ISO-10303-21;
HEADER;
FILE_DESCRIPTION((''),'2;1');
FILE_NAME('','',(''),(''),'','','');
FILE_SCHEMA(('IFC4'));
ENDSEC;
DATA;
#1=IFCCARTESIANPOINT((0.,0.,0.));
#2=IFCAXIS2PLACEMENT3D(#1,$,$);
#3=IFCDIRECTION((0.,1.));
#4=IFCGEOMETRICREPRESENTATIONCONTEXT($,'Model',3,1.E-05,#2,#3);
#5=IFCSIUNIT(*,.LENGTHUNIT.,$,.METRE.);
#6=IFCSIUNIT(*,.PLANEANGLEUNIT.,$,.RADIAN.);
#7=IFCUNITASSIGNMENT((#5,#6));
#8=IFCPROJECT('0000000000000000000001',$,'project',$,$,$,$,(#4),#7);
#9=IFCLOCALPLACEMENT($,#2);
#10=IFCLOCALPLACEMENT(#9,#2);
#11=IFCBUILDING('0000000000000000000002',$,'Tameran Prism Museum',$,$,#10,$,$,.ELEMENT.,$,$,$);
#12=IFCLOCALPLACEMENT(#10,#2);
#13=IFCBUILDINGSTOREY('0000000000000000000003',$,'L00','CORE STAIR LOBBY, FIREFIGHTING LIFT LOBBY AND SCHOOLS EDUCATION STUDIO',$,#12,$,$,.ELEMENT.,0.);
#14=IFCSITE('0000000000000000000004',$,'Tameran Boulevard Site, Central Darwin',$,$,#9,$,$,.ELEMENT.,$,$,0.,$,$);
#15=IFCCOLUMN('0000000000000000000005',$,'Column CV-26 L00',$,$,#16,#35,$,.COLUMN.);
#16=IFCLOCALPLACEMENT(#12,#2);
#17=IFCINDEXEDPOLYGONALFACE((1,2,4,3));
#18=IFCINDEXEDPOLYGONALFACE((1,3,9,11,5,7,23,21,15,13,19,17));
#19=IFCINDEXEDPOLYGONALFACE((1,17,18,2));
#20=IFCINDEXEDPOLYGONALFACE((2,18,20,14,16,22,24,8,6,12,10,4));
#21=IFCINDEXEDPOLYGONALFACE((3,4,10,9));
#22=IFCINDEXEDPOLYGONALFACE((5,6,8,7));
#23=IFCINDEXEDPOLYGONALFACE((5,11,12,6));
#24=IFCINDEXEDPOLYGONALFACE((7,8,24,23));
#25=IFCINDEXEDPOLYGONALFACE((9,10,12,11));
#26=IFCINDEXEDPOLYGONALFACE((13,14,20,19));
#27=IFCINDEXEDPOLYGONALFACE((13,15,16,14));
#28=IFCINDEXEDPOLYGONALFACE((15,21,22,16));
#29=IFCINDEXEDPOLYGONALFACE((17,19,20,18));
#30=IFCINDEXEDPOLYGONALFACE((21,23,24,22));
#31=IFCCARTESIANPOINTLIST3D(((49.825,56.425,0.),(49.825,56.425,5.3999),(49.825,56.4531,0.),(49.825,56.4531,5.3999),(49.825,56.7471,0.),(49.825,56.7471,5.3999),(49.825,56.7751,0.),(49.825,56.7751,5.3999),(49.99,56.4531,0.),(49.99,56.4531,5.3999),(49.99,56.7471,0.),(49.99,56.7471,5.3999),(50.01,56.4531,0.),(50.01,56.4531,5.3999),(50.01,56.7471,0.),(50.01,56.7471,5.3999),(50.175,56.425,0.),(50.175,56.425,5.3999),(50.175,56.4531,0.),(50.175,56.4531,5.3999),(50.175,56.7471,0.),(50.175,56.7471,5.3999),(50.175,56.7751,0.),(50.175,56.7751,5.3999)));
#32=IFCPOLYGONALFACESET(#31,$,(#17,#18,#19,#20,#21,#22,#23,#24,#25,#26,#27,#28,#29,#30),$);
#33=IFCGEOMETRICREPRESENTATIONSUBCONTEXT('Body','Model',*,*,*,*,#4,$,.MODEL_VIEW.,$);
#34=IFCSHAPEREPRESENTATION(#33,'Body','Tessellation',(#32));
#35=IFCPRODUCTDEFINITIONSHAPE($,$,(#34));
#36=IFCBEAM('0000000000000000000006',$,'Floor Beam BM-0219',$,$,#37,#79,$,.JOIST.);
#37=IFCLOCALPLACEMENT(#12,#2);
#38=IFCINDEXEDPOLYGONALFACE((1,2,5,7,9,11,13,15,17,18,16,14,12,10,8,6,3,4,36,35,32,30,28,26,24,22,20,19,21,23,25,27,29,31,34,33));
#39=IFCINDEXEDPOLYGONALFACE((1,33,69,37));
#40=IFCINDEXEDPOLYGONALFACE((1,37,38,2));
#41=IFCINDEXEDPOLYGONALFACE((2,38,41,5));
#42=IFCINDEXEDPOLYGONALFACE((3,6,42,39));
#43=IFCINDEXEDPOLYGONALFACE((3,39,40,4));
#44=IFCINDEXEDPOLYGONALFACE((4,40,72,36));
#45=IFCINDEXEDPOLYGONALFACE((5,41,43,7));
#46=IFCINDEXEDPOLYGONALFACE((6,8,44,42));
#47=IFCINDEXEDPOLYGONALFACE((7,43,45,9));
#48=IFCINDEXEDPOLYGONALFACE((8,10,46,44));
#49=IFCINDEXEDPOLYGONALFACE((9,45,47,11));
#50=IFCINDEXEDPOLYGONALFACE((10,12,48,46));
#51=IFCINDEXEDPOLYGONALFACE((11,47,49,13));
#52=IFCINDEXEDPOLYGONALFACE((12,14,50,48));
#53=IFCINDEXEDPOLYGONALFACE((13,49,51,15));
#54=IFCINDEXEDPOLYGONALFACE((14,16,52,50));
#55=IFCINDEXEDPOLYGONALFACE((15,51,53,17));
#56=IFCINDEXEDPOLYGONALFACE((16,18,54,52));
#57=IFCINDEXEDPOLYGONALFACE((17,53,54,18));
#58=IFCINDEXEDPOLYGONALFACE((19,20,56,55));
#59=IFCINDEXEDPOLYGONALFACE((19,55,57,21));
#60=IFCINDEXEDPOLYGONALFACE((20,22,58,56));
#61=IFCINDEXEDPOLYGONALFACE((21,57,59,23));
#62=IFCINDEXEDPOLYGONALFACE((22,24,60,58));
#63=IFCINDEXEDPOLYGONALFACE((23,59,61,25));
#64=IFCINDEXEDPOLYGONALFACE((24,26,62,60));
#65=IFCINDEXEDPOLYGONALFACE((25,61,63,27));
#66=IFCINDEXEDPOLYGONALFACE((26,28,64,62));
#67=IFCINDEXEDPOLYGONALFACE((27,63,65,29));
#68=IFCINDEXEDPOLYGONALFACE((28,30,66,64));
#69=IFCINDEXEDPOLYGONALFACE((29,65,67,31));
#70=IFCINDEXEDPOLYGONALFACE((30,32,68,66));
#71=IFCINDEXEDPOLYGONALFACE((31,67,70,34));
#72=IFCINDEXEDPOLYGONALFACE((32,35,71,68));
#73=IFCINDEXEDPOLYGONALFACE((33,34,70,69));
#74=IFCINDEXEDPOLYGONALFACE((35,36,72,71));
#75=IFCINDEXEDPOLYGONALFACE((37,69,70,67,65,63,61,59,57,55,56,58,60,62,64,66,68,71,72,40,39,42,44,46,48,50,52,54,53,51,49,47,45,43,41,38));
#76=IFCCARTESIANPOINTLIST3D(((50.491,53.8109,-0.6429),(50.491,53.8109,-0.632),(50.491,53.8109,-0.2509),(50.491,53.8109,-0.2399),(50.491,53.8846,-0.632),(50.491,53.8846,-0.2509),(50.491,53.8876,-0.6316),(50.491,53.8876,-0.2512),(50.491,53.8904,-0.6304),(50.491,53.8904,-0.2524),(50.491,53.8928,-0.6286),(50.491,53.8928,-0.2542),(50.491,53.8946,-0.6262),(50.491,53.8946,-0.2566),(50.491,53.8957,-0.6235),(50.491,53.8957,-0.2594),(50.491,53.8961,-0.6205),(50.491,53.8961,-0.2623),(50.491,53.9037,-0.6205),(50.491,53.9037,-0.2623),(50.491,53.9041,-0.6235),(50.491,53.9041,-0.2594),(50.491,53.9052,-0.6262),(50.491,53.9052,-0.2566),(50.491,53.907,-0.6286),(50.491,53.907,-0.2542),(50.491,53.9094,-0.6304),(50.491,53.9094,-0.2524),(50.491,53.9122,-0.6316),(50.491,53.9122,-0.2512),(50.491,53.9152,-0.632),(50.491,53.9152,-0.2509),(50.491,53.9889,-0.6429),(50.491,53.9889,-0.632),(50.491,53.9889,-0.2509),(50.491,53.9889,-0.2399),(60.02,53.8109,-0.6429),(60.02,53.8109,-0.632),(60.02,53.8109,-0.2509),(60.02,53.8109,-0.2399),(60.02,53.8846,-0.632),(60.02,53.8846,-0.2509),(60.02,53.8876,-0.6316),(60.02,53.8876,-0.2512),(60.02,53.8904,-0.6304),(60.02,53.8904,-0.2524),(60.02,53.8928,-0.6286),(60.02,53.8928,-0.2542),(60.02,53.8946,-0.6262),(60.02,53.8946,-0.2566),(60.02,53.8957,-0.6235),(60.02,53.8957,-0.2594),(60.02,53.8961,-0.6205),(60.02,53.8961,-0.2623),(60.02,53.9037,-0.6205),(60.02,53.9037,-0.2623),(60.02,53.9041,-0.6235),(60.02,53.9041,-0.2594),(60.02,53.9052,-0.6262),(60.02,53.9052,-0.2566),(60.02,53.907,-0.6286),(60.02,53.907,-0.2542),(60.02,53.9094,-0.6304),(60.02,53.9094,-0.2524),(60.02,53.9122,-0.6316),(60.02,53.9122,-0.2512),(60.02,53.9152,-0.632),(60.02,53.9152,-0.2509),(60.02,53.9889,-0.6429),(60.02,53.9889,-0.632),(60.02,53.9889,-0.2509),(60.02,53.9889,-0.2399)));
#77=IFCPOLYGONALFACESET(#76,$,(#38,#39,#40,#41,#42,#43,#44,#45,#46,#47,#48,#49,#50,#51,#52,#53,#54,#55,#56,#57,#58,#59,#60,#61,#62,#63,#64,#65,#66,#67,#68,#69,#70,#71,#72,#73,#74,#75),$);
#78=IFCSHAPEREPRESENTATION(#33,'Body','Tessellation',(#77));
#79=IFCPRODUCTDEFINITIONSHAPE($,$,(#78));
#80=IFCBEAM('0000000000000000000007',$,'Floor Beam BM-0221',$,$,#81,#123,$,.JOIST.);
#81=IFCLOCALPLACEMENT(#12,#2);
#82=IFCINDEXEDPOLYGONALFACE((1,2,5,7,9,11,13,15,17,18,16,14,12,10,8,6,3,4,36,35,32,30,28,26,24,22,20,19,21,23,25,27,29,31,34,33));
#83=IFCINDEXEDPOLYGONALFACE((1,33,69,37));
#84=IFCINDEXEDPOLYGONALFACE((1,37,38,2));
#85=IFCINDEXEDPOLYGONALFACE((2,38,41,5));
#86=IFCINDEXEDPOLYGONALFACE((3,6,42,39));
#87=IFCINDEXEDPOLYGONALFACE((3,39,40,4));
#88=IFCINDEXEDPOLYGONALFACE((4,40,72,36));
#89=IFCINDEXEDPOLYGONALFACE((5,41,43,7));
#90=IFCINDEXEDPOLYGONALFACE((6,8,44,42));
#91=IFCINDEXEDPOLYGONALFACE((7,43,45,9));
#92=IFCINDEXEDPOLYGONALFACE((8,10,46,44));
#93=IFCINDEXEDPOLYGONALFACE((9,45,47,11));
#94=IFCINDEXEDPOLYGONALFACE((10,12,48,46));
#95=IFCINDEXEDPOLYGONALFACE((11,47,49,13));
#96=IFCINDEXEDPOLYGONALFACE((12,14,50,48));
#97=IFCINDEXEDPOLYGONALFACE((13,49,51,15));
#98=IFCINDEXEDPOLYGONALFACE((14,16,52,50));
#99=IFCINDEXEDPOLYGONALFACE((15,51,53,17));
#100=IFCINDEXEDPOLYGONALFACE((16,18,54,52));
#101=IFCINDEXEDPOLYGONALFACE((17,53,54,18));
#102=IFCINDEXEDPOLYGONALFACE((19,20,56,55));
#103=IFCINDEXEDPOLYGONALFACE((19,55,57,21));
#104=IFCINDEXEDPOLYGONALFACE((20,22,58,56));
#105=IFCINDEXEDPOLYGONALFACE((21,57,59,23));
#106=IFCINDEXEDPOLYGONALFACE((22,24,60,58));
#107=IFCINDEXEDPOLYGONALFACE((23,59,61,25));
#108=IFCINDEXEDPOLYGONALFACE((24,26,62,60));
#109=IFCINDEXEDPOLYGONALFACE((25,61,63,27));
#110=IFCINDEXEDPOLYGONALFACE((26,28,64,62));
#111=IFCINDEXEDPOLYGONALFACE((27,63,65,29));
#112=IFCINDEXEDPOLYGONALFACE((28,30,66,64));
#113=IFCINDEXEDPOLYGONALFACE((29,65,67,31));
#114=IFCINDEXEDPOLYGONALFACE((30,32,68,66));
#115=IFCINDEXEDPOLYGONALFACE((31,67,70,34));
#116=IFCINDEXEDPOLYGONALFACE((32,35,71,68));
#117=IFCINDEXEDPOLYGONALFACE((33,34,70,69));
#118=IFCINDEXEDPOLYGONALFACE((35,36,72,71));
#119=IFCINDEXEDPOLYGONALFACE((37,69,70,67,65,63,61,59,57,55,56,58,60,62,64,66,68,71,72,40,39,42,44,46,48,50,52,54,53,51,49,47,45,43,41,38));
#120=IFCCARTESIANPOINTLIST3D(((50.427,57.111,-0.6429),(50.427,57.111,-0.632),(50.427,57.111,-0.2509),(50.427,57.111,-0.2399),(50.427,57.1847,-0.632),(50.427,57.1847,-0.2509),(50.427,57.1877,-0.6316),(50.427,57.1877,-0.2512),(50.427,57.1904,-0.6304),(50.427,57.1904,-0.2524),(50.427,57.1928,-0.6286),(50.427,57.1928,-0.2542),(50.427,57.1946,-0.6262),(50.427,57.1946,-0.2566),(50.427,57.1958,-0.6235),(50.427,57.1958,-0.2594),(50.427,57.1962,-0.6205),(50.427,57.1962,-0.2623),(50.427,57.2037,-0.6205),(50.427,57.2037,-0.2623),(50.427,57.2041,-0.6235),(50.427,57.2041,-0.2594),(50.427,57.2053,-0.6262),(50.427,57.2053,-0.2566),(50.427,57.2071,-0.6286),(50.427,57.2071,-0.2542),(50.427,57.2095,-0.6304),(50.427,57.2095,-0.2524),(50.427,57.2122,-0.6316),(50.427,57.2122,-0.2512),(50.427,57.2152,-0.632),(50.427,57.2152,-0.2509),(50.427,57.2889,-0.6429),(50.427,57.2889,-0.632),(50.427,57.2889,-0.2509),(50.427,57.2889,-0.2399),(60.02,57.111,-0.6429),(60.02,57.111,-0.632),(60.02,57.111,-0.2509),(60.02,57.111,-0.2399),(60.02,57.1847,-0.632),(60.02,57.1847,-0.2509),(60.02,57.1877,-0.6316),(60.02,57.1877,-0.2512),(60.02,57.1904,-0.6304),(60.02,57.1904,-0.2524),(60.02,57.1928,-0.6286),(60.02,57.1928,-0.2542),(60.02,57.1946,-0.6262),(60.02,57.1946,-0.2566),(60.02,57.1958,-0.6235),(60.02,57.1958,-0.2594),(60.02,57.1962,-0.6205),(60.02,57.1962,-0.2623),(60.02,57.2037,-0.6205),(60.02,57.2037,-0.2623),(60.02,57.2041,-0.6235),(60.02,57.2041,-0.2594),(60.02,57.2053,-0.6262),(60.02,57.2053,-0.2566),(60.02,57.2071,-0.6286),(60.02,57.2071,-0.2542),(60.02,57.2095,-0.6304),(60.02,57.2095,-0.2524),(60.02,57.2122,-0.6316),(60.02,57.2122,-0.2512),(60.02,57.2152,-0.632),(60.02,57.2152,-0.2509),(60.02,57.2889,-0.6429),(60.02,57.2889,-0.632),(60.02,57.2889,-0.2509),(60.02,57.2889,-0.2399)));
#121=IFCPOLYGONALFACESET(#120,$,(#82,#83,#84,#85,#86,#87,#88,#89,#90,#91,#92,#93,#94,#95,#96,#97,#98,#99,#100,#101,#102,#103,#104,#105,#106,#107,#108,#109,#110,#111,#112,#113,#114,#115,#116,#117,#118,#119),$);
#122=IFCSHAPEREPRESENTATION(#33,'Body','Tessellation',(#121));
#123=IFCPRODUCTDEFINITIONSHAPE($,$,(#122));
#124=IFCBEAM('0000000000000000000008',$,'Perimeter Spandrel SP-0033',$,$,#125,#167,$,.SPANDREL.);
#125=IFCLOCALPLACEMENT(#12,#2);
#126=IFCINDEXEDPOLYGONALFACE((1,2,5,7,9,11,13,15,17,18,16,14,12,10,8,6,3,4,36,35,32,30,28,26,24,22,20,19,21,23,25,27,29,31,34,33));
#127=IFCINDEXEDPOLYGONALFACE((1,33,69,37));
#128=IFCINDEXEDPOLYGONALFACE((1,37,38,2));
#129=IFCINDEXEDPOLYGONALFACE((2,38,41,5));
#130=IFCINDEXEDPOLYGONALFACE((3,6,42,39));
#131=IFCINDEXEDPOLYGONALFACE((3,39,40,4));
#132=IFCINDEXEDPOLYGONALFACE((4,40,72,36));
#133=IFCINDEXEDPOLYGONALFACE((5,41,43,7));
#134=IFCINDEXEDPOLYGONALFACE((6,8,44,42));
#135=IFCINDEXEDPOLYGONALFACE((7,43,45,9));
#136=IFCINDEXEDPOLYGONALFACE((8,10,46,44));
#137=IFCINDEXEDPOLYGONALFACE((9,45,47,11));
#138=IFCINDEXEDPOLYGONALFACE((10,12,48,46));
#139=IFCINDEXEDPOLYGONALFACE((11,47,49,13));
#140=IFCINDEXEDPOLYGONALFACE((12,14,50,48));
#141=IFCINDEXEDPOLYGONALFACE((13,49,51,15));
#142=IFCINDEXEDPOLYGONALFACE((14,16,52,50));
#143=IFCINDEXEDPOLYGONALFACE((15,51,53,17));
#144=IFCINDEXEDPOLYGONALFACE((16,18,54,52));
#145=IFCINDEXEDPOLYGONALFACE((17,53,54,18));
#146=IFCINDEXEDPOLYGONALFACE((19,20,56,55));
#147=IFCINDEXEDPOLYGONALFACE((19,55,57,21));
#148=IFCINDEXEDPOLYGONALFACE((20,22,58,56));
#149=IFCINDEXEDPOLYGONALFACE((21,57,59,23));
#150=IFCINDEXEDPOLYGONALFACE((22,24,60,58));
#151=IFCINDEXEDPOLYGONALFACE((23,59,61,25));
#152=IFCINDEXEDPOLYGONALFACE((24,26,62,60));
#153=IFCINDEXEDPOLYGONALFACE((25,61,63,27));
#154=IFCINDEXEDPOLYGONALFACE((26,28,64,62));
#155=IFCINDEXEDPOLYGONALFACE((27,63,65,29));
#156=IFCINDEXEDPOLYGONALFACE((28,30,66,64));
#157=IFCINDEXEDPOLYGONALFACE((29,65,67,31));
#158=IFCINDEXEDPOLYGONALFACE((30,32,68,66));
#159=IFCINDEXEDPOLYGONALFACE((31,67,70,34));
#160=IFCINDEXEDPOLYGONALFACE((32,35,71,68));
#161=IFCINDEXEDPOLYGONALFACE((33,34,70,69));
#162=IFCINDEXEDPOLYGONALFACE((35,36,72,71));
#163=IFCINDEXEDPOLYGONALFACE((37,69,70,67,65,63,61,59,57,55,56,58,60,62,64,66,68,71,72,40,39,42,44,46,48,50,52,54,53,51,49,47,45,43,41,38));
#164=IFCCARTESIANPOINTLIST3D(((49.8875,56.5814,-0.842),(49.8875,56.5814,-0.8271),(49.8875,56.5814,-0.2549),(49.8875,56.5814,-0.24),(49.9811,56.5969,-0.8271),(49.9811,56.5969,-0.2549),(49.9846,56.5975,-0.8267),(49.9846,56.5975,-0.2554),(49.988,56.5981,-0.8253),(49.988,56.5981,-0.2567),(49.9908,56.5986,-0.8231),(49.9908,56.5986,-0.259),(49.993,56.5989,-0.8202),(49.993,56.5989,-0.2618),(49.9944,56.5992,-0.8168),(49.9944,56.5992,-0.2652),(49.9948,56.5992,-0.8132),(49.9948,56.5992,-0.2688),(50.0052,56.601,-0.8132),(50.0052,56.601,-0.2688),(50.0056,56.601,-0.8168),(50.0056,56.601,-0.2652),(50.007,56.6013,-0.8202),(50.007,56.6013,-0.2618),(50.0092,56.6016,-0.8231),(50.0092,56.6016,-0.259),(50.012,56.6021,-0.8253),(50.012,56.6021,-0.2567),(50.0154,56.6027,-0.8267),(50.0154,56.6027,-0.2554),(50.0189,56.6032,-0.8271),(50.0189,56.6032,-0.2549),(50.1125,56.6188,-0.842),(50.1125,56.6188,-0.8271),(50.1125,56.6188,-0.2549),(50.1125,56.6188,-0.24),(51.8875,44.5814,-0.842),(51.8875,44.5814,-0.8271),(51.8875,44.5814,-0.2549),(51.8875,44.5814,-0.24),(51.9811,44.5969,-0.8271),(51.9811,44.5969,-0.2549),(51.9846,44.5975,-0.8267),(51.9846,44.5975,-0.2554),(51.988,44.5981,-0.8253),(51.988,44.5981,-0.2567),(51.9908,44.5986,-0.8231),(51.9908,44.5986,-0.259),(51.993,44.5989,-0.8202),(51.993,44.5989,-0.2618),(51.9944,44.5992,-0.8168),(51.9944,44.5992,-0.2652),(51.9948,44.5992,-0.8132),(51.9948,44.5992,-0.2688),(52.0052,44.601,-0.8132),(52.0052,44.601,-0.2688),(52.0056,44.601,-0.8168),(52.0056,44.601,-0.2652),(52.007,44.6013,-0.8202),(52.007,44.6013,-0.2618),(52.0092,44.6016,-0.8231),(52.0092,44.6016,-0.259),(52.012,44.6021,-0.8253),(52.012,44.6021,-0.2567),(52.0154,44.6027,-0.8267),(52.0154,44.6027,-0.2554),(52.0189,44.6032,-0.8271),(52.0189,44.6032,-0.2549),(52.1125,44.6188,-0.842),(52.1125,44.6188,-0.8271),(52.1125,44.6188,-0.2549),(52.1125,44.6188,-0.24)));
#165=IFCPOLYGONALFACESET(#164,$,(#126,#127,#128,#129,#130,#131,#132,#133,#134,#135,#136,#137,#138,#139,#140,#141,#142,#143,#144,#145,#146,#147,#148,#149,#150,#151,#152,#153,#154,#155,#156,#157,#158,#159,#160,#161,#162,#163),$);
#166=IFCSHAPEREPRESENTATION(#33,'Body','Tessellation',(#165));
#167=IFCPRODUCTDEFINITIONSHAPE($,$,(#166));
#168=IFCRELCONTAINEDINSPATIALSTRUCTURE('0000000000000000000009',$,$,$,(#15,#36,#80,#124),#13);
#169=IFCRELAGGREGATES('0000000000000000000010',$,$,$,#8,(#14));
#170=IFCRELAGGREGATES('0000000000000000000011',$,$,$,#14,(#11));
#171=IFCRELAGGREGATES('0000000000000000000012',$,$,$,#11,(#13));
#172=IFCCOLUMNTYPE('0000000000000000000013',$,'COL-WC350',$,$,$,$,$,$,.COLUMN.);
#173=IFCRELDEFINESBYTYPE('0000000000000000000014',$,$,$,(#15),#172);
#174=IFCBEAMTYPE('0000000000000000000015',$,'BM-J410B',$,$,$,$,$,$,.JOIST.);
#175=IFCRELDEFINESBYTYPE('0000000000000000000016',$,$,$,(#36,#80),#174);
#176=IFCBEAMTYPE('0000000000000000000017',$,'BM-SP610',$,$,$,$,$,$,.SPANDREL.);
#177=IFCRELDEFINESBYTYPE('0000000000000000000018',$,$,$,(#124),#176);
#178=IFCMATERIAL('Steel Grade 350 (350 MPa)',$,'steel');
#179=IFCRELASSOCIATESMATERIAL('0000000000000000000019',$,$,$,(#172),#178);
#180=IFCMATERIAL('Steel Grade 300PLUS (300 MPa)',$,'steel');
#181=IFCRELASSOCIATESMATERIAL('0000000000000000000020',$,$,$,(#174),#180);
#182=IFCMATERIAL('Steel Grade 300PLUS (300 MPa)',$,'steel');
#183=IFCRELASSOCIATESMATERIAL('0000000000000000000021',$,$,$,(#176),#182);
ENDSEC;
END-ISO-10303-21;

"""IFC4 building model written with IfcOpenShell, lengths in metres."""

from ifc_helpers import new_model, si_unit, direction, frame, origin, origin_2d, place, context, subcontext, project, spatial, i_section, extrude, material, material_profile, profile_set, type_object, element, save


model = new_model("IFC4")

# Units and contexts
model_context = context("Model", 3, precision=1e-05, world=origin(), true_north=direction((0.0, 1.0)))
body_context = subcontext(model_context, "Body", "Model", "MODEL_VIEW")
ifc_project = project(units=[si_unit("LENGTHUNIT", "METRE"), si_unit("PLANEANGLEUNIT", "RADIAN")], contexts=[model_context])

# Site, building, storey
site_placement = place(None, origin())
site = spatial("IfcSite", under=ifc_project, at=site_placement, Name="Tameran Boulevard Site, Central Darwin", CompositionType="ELEMENT", RefElevation=0.0)
building_placement = place(site_placement, origin())
building = spatial("IfcBuilding", under=site, at=building_placement, Name="Tameran Prism Museum", CompositionType="ELEMENT")
storey_placement = place(building_placement, origin())
storey = spatial("IfcBuildingStorey", under=building, at=storey_placement, Name="L00", Description="CORE STAIR LOBBY, FIREFIGHTING LIFT LOBBY AND SCHOOLS EDUCATION STUDIO", CompositionType="ELEMENT", Elevation=0.0)

# Column
ifc_material_1 = material(Name="Steel Grade 350 (350 MPa)", Category="steel")
ifc_material_profile_1 = material_profile(ifc_material_1, i_section(OverallWidth=0.3501, OverallDepth=0.3501, WebThickness=0.02, FlangeThickness=0.0281, at=origin_2d()))
ifc_profile_set_1 = profile_set([ifc_material_profile_1])
column_type = type_object("IfcColumnType", Name="COL-WC350", PredefinedType="COLUMN", material=ifc_profile_set_1)
column_placement = place(storey_placement, frame((50.0, 56.6001, 0.0), z_axis=(0.0, 0.0, 1.0), x_axis=(1.0, 0.0, 0.0)))
element("IfcColumn", 1, at=column_placement, inside=storey, type_object=column_type, Name="Column CV-26 L00", PredefinedType="COLUMN", context=body_context, shape_type="SweptSolid", body=[
    extrude(i_section(OverallWidth=0.3501, OverallDepth=0.3501, WebThickness=0.02, FlangeThickness=0.0281, at=origin_2d()), origin(), (0.0, 0.0, 1.0), 5.3999),
])

# Beams
ifc_material_2 = material(Name="Steel Grade 300PLUS (300 MPa)", Category="steel")
ifc_material_profile_2 = material_profile(ifc_material_2, i_section(OverallWidth=0.178, OverallDepth=0.4031, WebThickness=0.0076, FlangeThickness=0.011, FilletRadius=0.0115, at=origin_2d()))
ifc_profile_set_2 = profile_set([ifc_material_profile_2])
beam_type_1 = type_object("IfcBeamType", Name="BM-J410B", PredefinedType="JOIST", material=ifc_profile_set_2)
beam_1_placement = place(storey_placement, frame((50.491, 53.8999, -0.4414), z_axis=(1.0, 0.0, 0.0), x_axis=(0.0, 1.0, 0.0)))
element("IfcBeam", 2, at=beam_1_placement, inside=storey, type_object=beam_type_1, Name="Floor Beam BM-0219", PredefinedType="JOIST", context=body_context, shape_type="SweptSolid", body=[
    extrude(i_section(OverallWidth=0.178, OverallDepth=0.4031, WebThickness=0.0076, FlangeThickness=0.011, FilletRadius=0.0115, at=origin_2d()), origin(), (0.0, 0.0, 1.0), 9.5291),
])
beam_2_placement = place(storey_placement, frame((50.427, 57.2, -0.4414), z_axis=(1.0, 0.0, 0.0), x_axis=(0.0, 1.0, 0.0)))
element("IfcBeam", 3, at=beam_2_placement, inside=storey, type_object=beam_type_1, Name="Floor Beam BM-0221", PredefinedType="JOIST", context=body_context, shape_type="SweptSolid", body=[
    extrude(i_section(OverallWidth=0.178, OverallDepth=0.4031, WebThickness=0.0076, FlangeThickness=0.011, FilletRadius=0.0115, at=origin_2d()), origin(), (0.0, 0.0, 1.0), 9.593),
])
ifc_material_3 = material(Name="Steel Grade 300PLUS (300 MPa)", Category="steel")
ifc_material_profile_3 = material_profile(ifc_material_3, i_section(OverallWidth=0.228, OverallDepth=0.6021, WebThickness=0.0105, FlangeThickness=0.0149, FilletRadius=0.0139, at=origin_2d()))
ifc_profile_set_3 = profile_set([ifc_material_profile_3])
beam_type_2 = type_object("IfcBeamType", Name="BM-SP610", PredefinedType="SPANDREL", material=ifc_profile_set_3)
beam_3_placement = place(storey_placement, frame((50.0, 56.6001, -0.541), z_axis=(0.164399, -0.986394, 0.0), x_axis=(0.986394, 0.164399, 0.0)))
element("IfcBeam", 4, at=beam_3_placement, inside=storey, type_object=beam_type_2, Name="Perimeter Spandrel SP-0033", PredefinedType="SPANDREL", context=body_context, shape_type="SweptSolid", body=[
    extrude(i_section(OverallWidth=0.228, OverallDepth=0.6021, WebThickness=0.0105, FlangeThickness=0.0149, FilletRadius=0.0139, at=origin_2d()), origin(), (0.0, 0.0, 1.0), 12.1655),
])

save(model, "model.ifc")
